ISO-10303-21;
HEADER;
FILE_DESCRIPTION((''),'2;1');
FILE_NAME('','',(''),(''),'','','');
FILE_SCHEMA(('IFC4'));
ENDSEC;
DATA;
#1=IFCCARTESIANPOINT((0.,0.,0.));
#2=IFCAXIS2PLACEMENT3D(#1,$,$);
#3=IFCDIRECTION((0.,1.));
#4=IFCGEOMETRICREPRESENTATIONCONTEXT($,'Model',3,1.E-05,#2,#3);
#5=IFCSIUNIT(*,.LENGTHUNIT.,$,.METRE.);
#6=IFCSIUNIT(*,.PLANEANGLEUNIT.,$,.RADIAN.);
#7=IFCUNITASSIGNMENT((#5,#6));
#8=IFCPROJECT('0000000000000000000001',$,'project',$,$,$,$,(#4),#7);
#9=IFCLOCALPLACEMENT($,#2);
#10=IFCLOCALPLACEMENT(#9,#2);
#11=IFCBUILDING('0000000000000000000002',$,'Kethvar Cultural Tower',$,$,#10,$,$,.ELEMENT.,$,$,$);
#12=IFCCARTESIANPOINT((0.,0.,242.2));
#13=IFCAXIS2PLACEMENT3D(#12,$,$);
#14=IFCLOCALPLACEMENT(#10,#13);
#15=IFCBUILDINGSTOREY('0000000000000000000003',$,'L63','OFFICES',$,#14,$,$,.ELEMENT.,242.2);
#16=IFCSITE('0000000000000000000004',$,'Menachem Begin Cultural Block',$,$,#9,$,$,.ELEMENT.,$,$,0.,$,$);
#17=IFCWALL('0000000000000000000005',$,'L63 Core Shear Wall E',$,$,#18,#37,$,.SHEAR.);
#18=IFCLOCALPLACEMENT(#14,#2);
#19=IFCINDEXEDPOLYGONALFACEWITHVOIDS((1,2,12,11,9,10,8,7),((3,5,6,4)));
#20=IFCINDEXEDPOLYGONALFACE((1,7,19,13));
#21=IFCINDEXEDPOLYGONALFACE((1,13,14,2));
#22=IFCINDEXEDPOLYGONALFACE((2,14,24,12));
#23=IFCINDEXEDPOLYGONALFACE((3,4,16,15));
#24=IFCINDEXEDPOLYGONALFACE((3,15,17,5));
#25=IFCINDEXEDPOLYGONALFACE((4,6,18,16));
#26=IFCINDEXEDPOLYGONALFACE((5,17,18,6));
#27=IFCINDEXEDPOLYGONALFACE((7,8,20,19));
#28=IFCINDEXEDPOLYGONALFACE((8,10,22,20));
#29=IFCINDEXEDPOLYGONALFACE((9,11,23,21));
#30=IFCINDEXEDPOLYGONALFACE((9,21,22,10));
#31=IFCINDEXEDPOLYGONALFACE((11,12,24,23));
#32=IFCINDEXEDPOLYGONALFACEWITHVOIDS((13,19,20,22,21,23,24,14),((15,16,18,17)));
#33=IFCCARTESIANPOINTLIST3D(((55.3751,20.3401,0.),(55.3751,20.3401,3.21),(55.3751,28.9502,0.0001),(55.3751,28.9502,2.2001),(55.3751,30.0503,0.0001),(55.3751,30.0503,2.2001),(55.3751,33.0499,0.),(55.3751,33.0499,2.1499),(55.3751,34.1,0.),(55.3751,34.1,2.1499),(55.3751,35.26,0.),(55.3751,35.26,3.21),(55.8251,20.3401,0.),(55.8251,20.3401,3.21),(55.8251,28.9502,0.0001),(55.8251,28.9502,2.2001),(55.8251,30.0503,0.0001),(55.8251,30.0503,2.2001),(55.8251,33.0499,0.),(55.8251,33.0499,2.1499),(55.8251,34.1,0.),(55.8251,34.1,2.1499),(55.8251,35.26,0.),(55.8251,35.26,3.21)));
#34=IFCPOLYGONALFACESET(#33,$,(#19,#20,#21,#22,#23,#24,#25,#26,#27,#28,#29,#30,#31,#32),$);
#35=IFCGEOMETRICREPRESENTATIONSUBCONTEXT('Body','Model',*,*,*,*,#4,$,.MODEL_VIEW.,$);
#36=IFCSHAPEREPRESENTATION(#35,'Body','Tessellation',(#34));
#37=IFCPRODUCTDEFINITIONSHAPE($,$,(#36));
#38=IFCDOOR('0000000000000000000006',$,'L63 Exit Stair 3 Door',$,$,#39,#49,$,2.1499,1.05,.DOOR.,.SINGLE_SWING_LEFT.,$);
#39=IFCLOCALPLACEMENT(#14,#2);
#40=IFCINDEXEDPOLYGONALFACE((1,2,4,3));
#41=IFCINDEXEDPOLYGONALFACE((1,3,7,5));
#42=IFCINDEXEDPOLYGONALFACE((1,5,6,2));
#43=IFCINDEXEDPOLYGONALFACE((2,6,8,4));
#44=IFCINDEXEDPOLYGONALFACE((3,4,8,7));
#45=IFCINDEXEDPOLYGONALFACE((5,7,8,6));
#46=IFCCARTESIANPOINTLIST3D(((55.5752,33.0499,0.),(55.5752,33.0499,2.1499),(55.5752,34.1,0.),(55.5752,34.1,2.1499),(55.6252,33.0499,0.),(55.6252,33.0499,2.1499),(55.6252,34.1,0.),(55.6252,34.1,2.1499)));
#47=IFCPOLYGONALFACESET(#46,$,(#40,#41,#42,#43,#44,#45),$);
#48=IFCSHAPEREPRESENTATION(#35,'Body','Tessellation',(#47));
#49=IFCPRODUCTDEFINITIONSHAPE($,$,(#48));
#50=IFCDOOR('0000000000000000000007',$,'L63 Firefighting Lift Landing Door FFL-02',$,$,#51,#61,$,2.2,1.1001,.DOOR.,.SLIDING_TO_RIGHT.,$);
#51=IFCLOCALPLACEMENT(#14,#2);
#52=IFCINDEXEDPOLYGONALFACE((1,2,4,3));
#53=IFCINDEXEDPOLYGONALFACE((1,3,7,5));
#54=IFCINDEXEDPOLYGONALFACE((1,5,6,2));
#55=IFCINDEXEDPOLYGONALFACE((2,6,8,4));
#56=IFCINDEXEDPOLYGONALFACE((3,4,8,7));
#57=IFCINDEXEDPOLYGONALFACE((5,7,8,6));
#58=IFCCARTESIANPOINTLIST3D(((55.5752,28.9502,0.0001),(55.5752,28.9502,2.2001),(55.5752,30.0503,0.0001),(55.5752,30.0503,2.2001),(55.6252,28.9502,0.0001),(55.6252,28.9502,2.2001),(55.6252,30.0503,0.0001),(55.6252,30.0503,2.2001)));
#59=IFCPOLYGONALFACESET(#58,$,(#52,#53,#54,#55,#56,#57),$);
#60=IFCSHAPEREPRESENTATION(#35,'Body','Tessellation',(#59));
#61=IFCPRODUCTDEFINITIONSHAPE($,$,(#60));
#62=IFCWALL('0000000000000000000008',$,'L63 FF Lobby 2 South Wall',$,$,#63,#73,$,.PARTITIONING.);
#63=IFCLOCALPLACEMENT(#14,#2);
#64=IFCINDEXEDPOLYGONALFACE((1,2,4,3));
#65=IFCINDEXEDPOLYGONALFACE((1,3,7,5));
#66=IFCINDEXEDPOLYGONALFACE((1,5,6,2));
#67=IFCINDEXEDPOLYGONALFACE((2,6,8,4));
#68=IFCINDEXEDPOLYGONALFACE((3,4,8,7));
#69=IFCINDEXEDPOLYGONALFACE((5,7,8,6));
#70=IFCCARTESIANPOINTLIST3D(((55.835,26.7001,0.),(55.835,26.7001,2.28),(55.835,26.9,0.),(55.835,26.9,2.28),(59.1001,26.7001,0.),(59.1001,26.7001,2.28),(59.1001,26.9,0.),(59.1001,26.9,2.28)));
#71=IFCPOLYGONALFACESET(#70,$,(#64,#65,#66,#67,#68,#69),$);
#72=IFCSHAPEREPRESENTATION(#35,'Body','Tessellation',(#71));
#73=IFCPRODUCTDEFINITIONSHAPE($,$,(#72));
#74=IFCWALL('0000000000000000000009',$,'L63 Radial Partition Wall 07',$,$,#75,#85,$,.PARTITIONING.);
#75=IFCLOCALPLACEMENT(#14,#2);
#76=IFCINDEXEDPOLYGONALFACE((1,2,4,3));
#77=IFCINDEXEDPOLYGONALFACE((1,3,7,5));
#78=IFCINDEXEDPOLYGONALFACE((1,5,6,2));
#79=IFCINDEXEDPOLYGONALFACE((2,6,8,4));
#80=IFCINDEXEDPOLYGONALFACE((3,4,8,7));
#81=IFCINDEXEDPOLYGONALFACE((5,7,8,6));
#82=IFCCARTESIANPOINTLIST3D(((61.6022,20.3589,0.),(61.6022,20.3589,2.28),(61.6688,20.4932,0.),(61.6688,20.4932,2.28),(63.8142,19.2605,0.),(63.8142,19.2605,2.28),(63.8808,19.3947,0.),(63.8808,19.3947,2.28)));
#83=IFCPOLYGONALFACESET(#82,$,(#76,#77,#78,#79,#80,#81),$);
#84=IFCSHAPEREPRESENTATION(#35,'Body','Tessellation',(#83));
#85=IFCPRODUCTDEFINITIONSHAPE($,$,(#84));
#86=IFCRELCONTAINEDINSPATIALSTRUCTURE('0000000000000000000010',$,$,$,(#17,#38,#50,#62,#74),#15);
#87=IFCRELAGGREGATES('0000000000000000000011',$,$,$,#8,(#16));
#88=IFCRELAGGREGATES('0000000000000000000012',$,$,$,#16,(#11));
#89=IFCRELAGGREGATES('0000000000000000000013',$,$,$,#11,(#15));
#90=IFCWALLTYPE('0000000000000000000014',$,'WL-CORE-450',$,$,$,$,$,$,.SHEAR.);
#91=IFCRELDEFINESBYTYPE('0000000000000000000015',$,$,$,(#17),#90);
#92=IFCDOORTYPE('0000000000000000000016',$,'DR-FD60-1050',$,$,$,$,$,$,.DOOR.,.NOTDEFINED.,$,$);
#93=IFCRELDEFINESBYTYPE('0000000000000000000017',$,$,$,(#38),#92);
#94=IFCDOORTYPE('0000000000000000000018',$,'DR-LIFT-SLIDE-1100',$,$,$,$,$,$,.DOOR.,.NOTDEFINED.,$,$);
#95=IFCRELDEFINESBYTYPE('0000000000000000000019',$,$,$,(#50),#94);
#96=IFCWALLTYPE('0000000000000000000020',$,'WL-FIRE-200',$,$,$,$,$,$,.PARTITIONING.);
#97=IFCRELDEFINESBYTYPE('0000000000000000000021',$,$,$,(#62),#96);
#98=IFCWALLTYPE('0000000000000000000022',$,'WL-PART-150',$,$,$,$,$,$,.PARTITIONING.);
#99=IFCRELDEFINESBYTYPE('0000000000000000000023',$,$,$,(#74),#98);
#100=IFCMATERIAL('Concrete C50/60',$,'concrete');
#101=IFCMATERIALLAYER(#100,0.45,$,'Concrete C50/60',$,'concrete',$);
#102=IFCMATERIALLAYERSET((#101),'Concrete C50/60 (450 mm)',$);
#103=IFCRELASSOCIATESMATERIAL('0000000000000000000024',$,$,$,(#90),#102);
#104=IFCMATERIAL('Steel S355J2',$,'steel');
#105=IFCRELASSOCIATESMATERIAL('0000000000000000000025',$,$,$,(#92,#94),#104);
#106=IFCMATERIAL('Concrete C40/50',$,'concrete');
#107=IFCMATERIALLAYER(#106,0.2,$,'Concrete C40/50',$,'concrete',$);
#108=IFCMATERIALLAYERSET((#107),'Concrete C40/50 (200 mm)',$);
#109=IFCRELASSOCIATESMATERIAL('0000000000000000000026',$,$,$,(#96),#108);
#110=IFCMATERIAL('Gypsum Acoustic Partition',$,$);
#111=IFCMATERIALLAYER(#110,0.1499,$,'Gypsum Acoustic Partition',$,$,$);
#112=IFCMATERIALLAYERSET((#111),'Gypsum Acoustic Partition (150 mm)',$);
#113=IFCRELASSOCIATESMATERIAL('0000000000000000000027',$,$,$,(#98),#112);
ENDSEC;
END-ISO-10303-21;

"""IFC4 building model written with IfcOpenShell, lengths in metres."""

from ifc_helpers import new_model, si_unit, direction, frame, frame_2d, origin, place, context, subcontext, project, spatial, rectangle, extrude, source, transform, mapped, material, layer, layer_set, type_object, element, fill, save


model = new_model("IFC4")

# Units and contexts
model_context = context("Model", 3, precision=1e-05, world=origin(), true_north=direction((0.0, 1.0)))
body_context = subcontext(model_context, "Body", "Model", "MODEL_VIEW")
ifc_project = project(units=[si_unit("LENGTHUNIT", "METRE"), si_unit("PLANEANGLEUNIT", "RADIAN")], contexts=[model_context])

# Site, building, storey
site_placement = place(None, origin())
site = spatial("IfcSite", under=ifc_project, at=site_placement, Name="Menachem Begin Cultural Block", CompositionType="ELEMENT", RefElevation=0.0)
building_placement = place(site_placement, origin())
building = spatial("IfcBuilding", under=site, at=building_placement, Name="Kethvar Cultural Tower", CompositionType="ELEMENT")
storey_placement = place(building_placement, frame((0.0, 0.0, 242.2)))
storey = spatial("IfcBuildingStorey", under=building, at=storey_placement, Name="L63", Description="OFFICES", CompositionType="ELEMENT", Elevation=242.2)

# Shared definitions
ifc_material_1 = material(Name="Steel S355J2", Category="steel")

# Wall, openings, doors
ifc_material_2 = material(Name="Concrete C50/60", Category="concrete")
ifc_layer_1 = layer(ifc_material_2, 0.45, Name="Concrete C50/60", Category="concrete")
ifc_layer_set_1 = layer_set([ifc_layer_1], Name="Concrete C50/60 (450 mm)")
wall_type_1 = type_object("IfcWallType", Name="WL-CORE-450", PredefinedType="SHEAR", material=ifc_layer_set_1)
wall_1_placement = place(storey_placement, frame((55.6001, 20.3401, 0.0), z_axis=(0.0, 0.0, 1.0), x_axis=(0.0, 1.0, 0.0)))
wall_1 = element("IfcWall", 1, at=wall_1_placement, inside=storey, type_object=wall_type_1, Name="L63 Core Shear Wall E", PredefinedType="SHEAR", context=body_context, shape_type="SweptSolid", body=[
    extrude(rectangle(XDim=14.9199, YDim=0.45, at=frame_2d((7.46, 0.0))), origin(), (0.0, 0.0, 1.0), 3.21),
])
opening_1_placement = place(wall_1_placement, frame((12.71, 0.0, 0.0)))
opening_1 = element("IfcOpeningElement", 2, at=opening_1_placement, cuts=wall_1, PredefinedType="OPENING", context=body_context, shape_type="SweptSolid", body=[
    extrude(rectangle(XDim=1.05, YDim=2.1499, at=frame_2d((0.5249, 1.075))), frame((0.0, 0.2349, 0.0), z_axis=(0.0, -1.0, 0.0), x_axis=(1.0, 0.0, 0.0)), (0.0, 0.0, 1.0), 0.47),
])
opening_2_placement = place(wall_1_placement, frame((8.6101, 0.0, 0.0)))
opening_2 = element("IfcOpeningElement", 3, at=opening_2_placement, cuts=wall_1, PredefinedType="OPENING", context=body_context, shape_type="SweptSolid", body=[
    extrude(rectangle(XDim=1.1001, YDim=2.2, at=frame_2d((0.55, 1.1001))), frame((0.0, 0.2349, 0.0), z_axis=(0.0, -1.0, 0.0), x_axis=(1.0, 0.0, 0.0)), (0.0, 0.0, 1.0), 0.47),
])
door_type_1 = type_object("IfcDoorType", Name="DR-FD60-1050", OperationType="NOTDEFINED", PredefinedType="DOOR", material=ifc_material_1)
shared_shape_1 = source(origin(), body_context, "Body", "SweptSolid", [
    extrude(rectangle(XDim=1.05, YDim=2.1499, at=frame_2d((0.5249, 1.075))), frame((0.0, 0.0249, 0.0), z_axis=(0.0, -1.0, 0.0), x_axis=(1.0, 0.0, 0.0)), (0.0, 0.0, 1.0), 0.05),
])
door_1_placement = place(opening_1_placement, origin())
door_1 = element("IfcDoor", 4, at=door_1_placement, inside=storey, type_object=door_type_1, Name="L63 Exit Stair 3 Door", OperationType="SINGLE_SWING_LEFT", OverallHeight=2.1499, OverallWidth=1.05, PredefinedType="DOOR", context=body_context, shape_type="MappedRepresentation", body=[
    mapped(shared_shape_1, transform((0.0, 0.0, 0.0), scale=1.0)),
])
fill(opening_1, door_1)
door_type_2 = type_object("IfcDoorType", Name="DR-LIFT-SLIDE-1100", OperationType="NOTDEFINED", PredefinedType="DOOR", material=ifc_material_1)
shared_shape_2 = source(origin(), body_context, "Body", "SweptSolid", [
    extrude(rectangle(XDim=1.1001, YDim=2.2, at=frame_2d((0.55, 1.1001))), frame((0.0, 0.0249, 0.0), z_axis=(0.0, -1.0, 0.0), x_axis=(1.0, 0.0, 0.0)), (0.0, 0.0, 1.0), 0.05),
])
door_2_placement = place(opening_2_placement, origin())
door_2 = element("IfcDoor", 5, at=door_2_placement, inside=storey, type_object=door_type_2, Name="L63 Firefighting Lift Landing Door FFL-02", OperationType="SLIDING_TO_RIGHT", OverallHeight=2.2, OverallWidth=1.1001, PredefinedType="DOOR", context=body_context, shape_type="MappedRepresentation", body=[
    mapped(shared_shape_2, transform((0.0, 0.0, 0.0), scale=1.0)),
])
fill(opening_2, door_2)

# Shared definitions
ifc_material_3 = material(Name="Concrete C40/50", Category="concrete")
ifc_layer_2 = layer(ifc_material_3, 0.2, Name="Concrete C40/50", Category="concrete")
ifc_layer_set_2 = layer_set([ifc_layer_2], Name="Concrete C40/50 (200 mm)")
wall_type_2 = type_object("IfcWallType", Name="WL-FIRE-200", PredefinedType="PARTITIONING", material=ifc_layer_set_2)

# Walls
wall_2_placement = place(storey_placement, frame((55.835, 26.8, 0.0), z_axis=(0.0, 0.0, 1.0), x_axis=(1.0, 0.0, 0.0)))
element("IfcWall", 6, at=wall_2_placement, inside=storey, type_object=wall_type_2, Name="L63 FF Lobby 2 South Wall", PredefinedType="PARTITIONING", context=body_context, shape_type="SweptSolid", body=[
    extrude(rectangle(XDim=3.2651, YDim=0.2, at=frame_2d((1.6326, 0.0))), origin(), (0.0, 0.0, 1.0), 2.28),
])
ifc_material_4 = material(Name="Gypsum Acoustic Partition")
ifc_layer_3 = layer(ifc_material_4, 0.1499, Name="Gypsum Acoustic Partition")
ifc_layer_set_3 = layer_set([ifc_layer_3], Name="Gypsum Acoustic Partition (150 mm)")
wall_type_3 = type_object("IfcWallType", Name="WL-PART-150", PredefinedType="PARTITIONING", material=ifc_layer_set_3)
wall_3_placement = place(storey_placement, frame((61.6355, 20.426, 0.0), z_axis=(0.0, 0.0, 1.0), x_axis=(0.89565, -0.44476, 0.0)))
element("IfcWall", 7, at=wall_3_placement, inside=storey, type_object=wall_type_3, Name="L63 Radial Partition Wall 07", PredefinedType="PARTITIONING", context=body_context, shape_type="SweptSolid", body=[
    extrude(rectangle(XDim=2.4697, YDim=0.1499, at=frame_2d((1.2349, 0.0))), origin(), (0.0, 0.0, 1.0), 2.28),
])

save(model, "model.ifc")
